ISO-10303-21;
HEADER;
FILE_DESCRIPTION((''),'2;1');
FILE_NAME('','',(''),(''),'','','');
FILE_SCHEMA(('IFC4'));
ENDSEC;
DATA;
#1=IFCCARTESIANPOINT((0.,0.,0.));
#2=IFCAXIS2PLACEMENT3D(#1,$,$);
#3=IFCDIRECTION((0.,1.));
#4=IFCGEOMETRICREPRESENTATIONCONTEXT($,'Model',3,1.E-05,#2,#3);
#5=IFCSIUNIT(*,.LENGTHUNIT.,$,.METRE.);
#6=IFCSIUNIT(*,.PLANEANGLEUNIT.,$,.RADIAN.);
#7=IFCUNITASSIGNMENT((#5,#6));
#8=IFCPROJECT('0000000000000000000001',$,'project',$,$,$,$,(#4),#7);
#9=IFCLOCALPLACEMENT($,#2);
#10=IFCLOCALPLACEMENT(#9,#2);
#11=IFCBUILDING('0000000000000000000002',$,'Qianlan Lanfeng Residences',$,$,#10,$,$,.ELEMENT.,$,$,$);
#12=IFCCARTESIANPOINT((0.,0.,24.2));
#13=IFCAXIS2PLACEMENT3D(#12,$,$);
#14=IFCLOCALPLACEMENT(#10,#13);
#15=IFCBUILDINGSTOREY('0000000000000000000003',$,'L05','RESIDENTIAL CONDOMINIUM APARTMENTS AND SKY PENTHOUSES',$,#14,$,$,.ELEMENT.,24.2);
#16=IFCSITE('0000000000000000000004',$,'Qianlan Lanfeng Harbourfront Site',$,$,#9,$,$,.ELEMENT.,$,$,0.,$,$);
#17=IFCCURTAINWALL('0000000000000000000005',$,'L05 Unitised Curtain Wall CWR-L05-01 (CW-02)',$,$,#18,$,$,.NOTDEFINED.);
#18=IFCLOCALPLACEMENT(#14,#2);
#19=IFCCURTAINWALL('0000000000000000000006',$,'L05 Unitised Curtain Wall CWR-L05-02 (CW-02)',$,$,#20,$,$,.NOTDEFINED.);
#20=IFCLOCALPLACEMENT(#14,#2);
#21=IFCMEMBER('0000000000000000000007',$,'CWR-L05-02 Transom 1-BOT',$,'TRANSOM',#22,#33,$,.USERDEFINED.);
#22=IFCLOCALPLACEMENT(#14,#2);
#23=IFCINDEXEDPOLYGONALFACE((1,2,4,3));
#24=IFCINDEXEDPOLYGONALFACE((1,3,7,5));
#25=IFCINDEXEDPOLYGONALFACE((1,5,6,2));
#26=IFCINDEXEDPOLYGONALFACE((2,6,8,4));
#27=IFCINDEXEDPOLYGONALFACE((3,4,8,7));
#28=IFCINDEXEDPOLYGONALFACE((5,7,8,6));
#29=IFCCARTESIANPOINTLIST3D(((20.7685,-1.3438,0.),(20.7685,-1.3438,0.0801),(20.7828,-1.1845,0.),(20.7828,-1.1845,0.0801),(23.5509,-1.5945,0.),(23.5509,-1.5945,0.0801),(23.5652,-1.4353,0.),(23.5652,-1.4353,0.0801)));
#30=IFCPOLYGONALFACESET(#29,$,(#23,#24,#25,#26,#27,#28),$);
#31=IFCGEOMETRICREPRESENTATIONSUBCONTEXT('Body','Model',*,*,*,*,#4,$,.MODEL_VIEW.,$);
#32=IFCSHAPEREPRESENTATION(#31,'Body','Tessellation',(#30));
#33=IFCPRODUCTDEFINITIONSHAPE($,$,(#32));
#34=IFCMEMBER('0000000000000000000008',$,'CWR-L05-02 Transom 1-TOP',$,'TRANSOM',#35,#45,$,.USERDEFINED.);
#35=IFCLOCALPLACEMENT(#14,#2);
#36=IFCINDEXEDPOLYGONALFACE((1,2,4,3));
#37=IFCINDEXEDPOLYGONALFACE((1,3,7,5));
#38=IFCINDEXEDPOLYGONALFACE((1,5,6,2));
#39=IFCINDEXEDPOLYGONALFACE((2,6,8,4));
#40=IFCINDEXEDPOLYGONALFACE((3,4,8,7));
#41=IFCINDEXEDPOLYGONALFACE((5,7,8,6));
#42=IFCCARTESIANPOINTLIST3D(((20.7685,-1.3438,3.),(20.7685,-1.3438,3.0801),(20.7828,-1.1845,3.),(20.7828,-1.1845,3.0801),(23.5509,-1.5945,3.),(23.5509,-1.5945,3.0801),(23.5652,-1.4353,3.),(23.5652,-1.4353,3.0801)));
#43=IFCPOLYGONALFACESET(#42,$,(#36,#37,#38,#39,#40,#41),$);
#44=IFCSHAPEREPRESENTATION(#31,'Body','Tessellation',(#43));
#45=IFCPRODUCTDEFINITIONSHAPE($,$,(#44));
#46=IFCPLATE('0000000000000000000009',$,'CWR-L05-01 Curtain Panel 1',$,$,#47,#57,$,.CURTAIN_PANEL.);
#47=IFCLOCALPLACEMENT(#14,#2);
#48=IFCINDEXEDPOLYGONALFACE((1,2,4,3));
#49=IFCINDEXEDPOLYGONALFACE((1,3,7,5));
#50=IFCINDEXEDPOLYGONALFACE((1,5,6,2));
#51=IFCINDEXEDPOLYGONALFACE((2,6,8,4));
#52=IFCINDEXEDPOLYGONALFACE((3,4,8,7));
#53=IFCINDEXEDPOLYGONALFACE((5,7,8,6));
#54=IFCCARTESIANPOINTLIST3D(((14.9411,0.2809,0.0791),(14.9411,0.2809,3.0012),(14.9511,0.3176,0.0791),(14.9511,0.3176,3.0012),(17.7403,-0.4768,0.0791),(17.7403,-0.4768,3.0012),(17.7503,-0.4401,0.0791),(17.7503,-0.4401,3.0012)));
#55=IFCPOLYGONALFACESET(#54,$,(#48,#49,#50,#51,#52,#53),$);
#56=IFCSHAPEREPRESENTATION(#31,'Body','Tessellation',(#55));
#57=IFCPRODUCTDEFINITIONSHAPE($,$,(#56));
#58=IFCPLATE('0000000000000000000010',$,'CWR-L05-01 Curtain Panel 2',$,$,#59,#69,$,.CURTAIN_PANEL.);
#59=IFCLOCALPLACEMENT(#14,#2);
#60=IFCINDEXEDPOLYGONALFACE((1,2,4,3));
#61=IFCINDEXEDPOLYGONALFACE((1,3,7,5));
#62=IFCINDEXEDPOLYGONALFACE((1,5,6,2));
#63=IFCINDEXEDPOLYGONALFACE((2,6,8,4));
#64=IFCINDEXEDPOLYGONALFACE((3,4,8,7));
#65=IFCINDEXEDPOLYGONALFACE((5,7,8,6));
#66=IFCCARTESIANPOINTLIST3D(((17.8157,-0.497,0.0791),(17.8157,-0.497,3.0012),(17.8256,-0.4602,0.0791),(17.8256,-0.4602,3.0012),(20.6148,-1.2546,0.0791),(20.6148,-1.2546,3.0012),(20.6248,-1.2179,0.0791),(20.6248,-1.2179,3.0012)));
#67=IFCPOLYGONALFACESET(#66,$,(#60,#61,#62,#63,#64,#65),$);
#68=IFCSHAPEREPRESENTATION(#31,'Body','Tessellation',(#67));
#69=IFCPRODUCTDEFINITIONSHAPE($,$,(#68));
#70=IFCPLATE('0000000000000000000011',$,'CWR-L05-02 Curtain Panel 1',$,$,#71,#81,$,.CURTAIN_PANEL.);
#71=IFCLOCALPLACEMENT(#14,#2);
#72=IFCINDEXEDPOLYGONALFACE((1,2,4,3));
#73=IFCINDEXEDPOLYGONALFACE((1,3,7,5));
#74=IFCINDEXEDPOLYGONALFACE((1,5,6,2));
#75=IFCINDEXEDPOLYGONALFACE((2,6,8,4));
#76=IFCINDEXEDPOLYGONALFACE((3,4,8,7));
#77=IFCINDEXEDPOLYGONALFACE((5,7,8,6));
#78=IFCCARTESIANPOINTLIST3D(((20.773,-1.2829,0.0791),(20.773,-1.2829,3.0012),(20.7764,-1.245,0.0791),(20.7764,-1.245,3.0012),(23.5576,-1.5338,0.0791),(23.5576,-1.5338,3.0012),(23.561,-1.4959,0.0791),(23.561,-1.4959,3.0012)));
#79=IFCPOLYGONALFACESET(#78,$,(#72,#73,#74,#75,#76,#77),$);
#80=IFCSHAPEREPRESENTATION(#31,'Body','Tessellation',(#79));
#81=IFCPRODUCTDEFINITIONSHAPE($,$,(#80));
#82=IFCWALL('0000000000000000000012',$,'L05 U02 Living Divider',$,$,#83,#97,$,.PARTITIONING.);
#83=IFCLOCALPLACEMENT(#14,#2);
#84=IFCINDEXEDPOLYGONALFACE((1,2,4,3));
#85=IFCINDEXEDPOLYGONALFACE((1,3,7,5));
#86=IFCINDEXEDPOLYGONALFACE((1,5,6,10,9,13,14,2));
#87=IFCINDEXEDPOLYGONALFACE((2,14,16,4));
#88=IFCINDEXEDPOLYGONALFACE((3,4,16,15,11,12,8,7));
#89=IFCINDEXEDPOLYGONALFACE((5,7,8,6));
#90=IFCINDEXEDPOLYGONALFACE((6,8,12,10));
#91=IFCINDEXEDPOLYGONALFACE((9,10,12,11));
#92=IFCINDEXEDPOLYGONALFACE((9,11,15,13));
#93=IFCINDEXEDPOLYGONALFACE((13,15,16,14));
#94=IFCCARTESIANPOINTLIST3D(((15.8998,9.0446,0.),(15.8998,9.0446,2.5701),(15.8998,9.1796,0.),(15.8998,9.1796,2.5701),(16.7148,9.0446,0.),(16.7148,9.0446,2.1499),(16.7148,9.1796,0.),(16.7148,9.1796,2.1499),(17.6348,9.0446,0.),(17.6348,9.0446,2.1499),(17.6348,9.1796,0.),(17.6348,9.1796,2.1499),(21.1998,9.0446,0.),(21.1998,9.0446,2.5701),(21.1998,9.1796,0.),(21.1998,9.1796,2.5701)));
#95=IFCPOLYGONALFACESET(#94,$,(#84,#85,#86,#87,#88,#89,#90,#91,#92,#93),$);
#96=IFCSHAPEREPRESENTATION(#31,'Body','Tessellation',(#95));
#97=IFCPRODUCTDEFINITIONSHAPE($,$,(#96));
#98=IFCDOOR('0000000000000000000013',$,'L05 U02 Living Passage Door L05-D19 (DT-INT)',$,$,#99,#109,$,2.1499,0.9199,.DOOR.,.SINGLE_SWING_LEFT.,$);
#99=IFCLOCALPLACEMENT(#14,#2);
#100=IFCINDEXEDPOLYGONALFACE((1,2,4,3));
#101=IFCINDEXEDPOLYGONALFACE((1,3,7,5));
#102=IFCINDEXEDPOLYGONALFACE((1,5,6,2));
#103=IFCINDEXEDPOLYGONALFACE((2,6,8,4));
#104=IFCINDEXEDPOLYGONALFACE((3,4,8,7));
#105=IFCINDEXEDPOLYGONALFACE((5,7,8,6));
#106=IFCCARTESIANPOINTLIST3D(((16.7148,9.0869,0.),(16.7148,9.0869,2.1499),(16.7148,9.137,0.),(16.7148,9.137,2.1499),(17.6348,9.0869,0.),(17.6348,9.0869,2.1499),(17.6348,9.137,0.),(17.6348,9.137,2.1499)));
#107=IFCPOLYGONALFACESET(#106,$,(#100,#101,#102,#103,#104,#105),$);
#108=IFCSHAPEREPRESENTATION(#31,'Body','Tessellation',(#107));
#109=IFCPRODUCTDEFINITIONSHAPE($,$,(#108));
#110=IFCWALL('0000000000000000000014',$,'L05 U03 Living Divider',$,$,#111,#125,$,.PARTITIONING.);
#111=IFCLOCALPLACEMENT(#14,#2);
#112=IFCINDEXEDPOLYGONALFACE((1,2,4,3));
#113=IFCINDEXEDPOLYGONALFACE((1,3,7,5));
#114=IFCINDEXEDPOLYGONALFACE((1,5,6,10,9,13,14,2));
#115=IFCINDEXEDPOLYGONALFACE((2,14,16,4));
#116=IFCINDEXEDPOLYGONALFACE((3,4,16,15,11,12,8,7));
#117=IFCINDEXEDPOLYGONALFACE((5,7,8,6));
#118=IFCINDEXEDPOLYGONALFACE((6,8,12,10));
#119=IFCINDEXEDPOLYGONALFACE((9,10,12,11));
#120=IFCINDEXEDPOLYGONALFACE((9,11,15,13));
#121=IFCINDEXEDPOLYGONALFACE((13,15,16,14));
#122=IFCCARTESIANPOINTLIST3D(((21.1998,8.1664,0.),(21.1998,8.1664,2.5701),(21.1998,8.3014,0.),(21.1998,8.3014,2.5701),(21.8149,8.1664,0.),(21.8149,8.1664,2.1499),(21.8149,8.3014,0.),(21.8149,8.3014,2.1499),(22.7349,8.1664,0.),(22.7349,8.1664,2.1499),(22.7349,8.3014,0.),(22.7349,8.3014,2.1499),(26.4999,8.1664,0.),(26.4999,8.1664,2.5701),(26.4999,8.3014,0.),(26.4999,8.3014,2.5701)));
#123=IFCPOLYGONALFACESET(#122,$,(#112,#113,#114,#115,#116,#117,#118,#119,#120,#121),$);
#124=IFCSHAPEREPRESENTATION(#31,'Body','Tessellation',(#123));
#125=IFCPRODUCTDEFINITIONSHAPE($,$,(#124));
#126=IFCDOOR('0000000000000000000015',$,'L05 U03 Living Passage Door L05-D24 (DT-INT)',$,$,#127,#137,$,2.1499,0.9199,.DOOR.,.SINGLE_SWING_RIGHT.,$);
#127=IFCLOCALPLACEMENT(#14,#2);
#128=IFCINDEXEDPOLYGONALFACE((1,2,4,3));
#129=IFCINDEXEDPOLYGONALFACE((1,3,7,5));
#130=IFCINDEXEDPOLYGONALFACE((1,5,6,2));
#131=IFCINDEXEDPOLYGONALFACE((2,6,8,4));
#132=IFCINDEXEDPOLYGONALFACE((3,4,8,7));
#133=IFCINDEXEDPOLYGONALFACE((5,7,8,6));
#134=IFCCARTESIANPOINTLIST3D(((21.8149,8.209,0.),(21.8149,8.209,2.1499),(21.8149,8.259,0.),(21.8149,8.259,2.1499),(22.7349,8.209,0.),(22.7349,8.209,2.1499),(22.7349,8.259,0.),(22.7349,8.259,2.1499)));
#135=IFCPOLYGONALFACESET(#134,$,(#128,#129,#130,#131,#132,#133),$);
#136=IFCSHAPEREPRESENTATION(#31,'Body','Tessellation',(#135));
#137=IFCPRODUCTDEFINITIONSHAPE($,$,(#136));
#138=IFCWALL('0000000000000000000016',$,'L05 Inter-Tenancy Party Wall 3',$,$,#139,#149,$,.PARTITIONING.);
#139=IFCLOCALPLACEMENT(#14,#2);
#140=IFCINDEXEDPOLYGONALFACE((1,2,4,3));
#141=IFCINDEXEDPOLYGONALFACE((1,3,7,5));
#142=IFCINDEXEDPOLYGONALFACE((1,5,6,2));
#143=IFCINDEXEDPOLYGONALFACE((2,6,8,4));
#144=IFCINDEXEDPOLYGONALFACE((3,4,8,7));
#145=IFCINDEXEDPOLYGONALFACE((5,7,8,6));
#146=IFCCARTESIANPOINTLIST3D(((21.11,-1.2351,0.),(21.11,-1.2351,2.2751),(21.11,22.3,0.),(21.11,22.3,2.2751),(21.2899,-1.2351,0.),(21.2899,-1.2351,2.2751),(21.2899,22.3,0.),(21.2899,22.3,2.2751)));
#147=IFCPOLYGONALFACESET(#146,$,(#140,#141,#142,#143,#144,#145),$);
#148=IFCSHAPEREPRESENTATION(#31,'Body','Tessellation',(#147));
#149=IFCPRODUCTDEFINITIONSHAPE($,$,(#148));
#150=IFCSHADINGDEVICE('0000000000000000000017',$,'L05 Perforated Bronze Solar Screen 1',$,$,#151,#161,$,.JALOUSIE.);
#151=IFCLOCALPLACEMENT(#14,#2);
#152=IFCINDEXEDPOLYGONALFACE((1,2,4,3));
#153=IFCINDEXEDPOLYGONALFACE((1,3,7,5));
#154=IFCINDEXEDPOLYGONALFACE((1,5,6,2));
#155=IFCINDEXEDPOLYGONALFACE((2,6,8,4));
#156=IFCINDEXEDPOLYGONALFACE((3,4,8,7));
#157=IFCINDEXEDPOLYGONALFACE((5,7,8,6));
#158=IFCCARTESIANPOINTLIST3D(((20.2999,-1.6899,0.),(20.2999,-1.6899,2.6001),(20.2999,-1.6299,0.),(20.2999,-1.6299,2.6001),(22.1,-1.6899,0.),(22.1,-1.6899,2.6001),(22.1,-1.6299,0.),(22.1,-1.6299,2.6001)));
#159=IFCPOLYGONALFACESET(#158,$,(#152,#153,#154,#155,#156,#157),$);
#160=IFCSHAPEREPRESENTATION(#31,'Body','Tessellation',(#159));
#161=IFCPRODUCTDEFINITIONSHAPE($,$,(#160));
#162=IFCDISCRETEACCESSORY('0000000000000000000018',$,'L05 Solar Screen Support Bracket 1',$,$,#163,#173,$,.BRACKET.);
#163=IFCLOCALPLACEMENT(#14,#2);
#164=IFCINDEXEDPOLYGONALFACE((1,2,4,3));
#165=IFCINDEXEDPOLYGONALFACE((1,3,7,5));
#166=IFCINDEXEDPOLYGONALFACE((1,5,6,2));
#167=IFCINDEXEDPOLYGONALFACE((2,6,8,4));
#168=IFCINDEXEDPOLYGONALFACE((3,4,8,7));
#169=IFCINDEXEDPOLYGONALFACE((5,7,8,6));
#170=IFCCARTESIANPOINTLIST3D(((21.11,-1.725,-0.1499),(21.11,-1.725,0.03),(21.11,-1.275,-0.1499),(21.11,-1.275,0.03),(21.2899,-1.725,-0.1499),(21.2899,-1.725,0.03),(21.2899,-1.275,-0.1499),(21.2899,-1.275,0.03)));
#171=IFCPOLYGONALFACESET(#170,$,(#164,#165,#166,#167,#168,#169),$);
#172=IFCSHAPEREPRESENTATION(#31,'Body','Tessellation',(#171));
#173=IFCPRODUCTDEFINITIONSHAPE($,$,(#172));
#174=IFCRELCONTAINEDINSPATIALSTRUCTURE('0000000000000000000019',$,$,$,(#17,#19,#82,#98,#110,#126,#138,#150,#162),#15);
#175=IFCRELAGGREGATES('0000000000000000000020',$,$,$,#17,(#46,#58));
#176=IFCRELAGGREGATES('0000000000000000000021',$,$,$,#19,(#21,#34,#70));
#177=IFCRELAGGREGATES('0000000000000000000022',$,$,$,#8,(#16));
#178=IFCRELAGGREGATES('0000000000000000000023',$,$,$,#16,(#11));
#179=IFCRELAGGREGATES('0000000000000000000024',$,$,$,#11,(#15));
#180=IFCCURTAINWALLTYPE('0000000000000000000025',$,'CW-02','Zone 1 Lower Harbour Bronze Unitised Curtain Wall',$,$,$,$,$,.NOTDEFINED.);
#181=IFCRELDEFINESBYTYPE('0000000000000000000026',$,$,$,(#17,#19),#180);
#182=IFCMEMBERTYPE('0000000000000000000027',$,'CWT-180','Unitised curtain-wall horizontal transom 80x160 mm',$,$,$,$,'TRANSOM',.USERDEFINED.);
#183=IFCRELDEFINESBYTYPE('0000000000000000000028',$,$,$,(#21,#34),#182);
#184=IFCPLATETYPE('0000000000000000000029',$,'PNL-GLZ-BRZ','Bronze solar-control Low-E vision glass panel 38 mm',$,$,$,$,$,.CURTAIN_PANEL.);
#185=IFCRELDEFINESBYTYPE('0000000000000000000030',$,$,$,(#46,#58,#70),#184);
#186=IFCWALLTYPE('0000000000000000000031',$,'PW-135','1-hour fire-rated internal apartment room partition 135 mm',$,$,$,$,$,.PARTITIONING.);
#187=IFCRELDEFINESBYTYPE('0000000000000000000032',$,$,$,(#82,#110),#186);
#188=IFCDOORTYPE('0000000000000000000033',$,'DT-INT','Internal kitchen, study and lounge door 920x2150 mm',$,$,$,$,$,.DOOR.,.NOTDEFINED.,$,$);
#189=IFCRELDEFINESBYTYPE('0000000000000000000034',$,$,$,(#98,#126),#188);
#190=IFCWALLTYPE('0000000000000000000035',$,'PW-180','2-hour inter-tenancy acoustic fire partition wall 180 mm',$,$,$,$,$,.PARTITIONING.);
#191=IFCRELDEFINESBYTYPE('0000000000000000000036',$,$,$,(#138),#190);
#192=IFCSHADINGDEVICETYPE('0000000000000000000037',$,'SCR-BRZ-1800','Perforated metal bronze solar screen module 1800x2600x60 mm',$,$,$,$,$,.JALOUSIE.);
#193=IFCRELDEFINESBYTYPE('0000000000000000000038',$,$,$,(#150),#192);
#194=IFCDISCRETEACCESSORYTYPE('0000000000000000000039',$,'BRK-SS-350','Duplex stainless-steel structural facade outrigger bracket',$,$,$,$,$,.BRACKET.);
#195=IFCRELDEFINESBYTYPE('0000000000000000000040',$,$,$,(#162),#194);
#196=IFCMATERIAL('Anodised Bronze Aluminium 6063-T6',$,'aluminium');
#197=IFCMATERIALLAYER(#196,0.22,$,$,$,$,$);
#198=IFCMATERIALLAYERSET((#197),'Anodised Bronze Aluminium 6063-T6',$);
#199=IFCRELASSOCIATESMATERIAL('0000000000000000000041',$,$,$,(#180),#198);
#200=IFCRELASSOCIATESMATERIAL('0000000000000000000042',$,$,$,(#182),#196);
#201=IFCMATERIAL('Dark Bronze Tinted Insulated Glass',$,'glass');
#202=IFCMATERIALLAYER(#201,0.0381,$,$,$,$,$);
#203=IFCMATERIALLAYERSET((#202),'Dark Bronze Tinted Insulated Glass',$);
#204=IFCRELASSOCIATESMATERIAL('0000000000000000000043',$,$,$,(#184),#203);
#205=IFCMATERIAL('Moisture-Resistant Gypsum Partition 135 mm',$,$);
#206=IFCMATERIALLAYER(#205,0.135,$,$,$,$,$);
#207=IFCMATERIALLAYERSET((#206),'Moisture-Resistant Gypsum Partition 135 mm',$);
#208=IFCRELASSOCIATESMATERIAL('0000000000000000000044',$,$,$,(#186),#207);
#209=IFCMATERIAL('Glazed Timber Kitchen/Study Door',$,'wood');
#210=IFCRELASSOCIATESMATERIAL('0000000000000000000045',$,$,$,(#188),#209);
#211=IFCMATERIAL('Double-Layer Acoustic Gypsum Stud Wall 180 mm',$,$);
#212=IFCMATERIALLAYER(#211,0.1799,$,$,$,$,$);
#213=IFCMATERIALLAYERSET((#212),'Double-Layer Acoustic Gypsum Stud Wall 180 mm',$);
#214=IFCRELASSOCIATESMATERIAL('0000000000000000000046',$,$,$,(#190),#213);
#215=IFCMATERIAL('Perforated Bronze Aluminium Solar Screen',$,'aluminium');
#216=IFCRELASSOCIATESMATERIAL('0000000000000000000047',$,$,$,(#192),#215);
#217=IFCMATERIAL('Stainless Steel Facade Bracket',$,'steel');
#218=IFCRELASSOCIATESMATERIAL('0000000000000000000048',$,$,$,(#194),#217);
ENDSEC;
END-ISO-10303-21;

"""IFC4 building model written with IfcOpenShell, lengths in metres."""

from ifc_helpers import new_model, si_unit, direction, frame, frame_2d, origin, origin_2d, place, context, subcontext, project, spatial, rectangle, extrude, source, transform, mapped, material, layer, layer_set, material_profile, profile_set, type_object, element, fill, aggregate, save


model = new_model("IFC4")

# Units and contexts
model_context = context("Model", 3, precision=1e-05, world=origin(), true_north=direction((0.0, 1.0)))
body_context = subcontext(model_context, "Body", "Model", "MODEL_VIEW")
ifc_project = project(units=[si_unit("LENGTHUNIT", "METRE"), si_unit("PLANEANGLEUNIT", "RADIAN")], contexts=[model_context])

# Site, building, storey
site_placement = place(None, origin())
site = spatial("IfcSite", under=ifc_project, at=site_placement, Name="Qianlan Lanfeng Harbourfront Site", CompositionType="ELEMENT", RefElevation=0.0)
building_placement = place(site_placement, origin())
building = spatial("IfcBuilding", under=site, at=building_placement, Name="Qianlan Lanfeng Residences", CompositionType="ELEMENT")
storey_placement = place(building_placement, frame((0.0, 0.0, 24.2)))
storey = spatial("IfcBuildingStorey", under=building, at=storey_placement, Name="L05", Description="RESIDENTIAL CONDOMINIUM APARTMENTS AND SKY PENTHOUSES", CompositionType="ELEMENT", Elevation=24.2)

# Curtain wall
ifc_material_1 = material(Name="Anodised Bronze Aluminium 6063-T6", Category="aluminium")
ifc_layer_1 = layer(ifc_material_1, 0.22)
ifc_layer_set_1 = layer_set([ifc_layer_1], Name="Anodised Bronze Aluminium 6063-T6")
curtain_wall_type = type_object("IfcCurtainWallType", Name="CW-02", Description="Zone 1 Lower Harbour Bronze Unitised Curtain Wall", PredefinedType="NOTDEFINED", material=ifc_layer_set_1)
curtain_wall_1_placement = place(storey_placement, origin())
curtain_wall_1 = element("IfcCurtainWall", 1, at=curtain_wall_1_placement, inside=storey, type_object=curtain_wall_type, Name="L05 Unitised Curtain Wall CWR-L05-01 (CW-02)", PredefinedType="NOTDEFINED")

# Curtain wall
curtain_wall_2_placement = place(storey_placement, origin())
curtain_wall_2 = element("IfcCurtainWall", 2, at=curtain_wall_2_placement, inside=storey, type_object=curtain_wall_type, Name="L05 Unitised Curtain Wall CWR-L05-02 (CW-02)", PredefinedType="NOTDEFINED")

# Members
ifc_material_profile_1 = material_profile(ifc_material_1, rectangle(XDim=0.0801, YDim=0.1599, at=origin_2d()), Name="ALU TRANSOM 80x160")
ifc_profile_set_1 = profile_set([ifc_material_profile_1], Name="Anodised Bronze Aluminium 6063-T6")
member_type_1 = type_object("IfcMemberType", Name="CWT-180", Description="Unitised curtain-wall horizontal transom 80x160 mm", ElementType="TRANSOM", PredefinedType="USERDEFINED", material=ifc_profile_set_1)
shared_shape_1 = source(origin(), body_context, "Body", "SweptSolid", [
    extrude(rectangle(XDim=0.0801, YDim=0.1599, at=origin_2d()), origin(), (0.0, 0.0, 1.0), 2.7937),
])
member_1_placement = place(storey_placement, frame((20.7756, -1.2642, 0.04), z_axis=(0.995965, -0.089748, 0.0), x_axis=(0.0, 0.0, 1.0)))
member_1 = element("IfcMember", 3, at=member_1_placement, type_object=member_type_1, Name="CWR-L05-02 Transom 1-BOT", ObjectType="TRANSOM", PredefinedType="USERDEFINED", context=body_context, shape_type="MappedRepresentation", body=[
    mapped(shared_shape_1, transform((0.0, 0.0, 0.0), scale=1.0)),
])
member_2_placement = place(storey_placement, frame((20.7756, -1.2642, 3.04), z_axis=(0.995965, -0.089748, 0.0), x_axis=(0.0, 0.0, 1.0)))
member_2 = element("IfcMember", 4, at=member_2_placement, type_object=member_type_1, Name="CWR-L05-02 Transom 1-TOP", ObjectType="TRANSOM", PredefinedType="USERDEFINED", context=body_context, shape_type="MappedRepresentation", body=[
    mapped(shared_shape_1, transform((0.0, 0.0, 0.0), scale=1.0)),
])

# Plates
ifc_material_2 = material(Name="Dark Bronze Tinted Insulated Glass", Category="glass")
ifc_layer_2 = layer(ifc_material_2, 0.0381)
ifc_layer_set_2 = layer_set([ifc_layer_2], Name="Dark Bronze Tinted Insulated Glass")
plate_type = type_object("IfcPlateType", Name="PNL-GLZ-BRZ", Description="Bronze solar-control Low-E vision glass panel 38 mm", PredefinedType="CURTAIN_PANEL", material=ifc_layer_set_2)
shared_shape_2 = source(origin(), body_context, "Body", "SweptSolid", [
    extrude(rectangle(XDim=2.8999, YDim=0.0381, at=origin_2d()), origin(), (0.0, 0.0, 1.0), 2.9221),
])
plate_1_placement = place(storey_placement, frame((16.3457, -0.0796, 0.0791), z_axis=(0.0, 0.0, 1.0), x_axis=(0.965263, -0.261281, 0.0)))
plate_1 = element("IfcPlate", 5, at=plate_1_placement, type_object=plate_type, Name="CWR-L05-01 Curtain Panel 1", PredefinedType="CURTAIN_PANEL", context=body_context, shape_type="MappedRepresentation", body=[
    mapped(shared_shape_2, transform((0.0, 0.0, 0.0), scale=1.0)),
])
plate_2_placement = place(storey_placement, frame((19.2202, -0.8574, 0.0791), z_axis=(0.0, 0.0, 1.0), x_axis=(0.965263, -0.261281, 0.0)))
plate_2 = element("IfcPlate", 6, at=plate_2_placement, type_object=plate_type, Name="CWR-L05-01 Curtain Panel 2", PredefinedType="CURTAIN_PANEL", context=body_context, shape_type="MappedRepresentation", body=[
    mapped(shared_shape_2, transform((0.0, 0.0, 0.0), scale=1.0)),
])
aggregate(curtain_wall_1, [plate_1, plate_2])
shared_shape_3 = source(origin(), body_context, "Body", "SweptSolid", [
    extrude(rectangle(XDim=2.7959, YDim=0.0381, at=origin_2d()), origin(), (0.0, 0.0, 1.0), 2.9221),
])
plate_3_placement = place(storey_placement, frame((22.167, -1.3894, 0.0791), z_axis=(0.0, 0.0, 1.0), x_axis=(0.995965, -0.089746, 0.0)))
plate_3 = element("IfcPlate", 7, at=plate_3_placement, type_object=plate_type, Name="CWR-L05-02 Curtain Panel 1", PredefinedType="CURTAIN_PANEL", context=body_context, shape_type="MappedRepresentation", body=[
    mapped(shared_shape_3, transform((0.0, 0.0, 0.0), scale=1.0)),
])
aggregate(curtain_wall_2, [member_1, member_2, plate_3])

# Wall, opening, door
ifc_material_3 = material(Name="Moisture-Resistant Gypsum Partition 135 mm")
ifc_layer_3 = layer(ifc_material_3, 0.135)
ifc_layer_set_3 = layer_set([ifc_layer_3], Name="Moisture-Resistant Gypsum Partition 135 mm")
wall_type_1 = type_object("IfcWallType", Name="PW-135", Description="1-hour fire-rated internal apartment room partition 135 mm", PredefinedType="PARTITIONING", material=ifc_layer_set_3)
wall_1_placement = place(storey_placement, frame((15.8999, 9.1121, 0.0), z_axis=(0.0, 0.0, 1.0), x_axis=(1.0, 0.0, 0.0)))
wall_1 = element("IfcWall", 8, at=wall_1_placement, inside=storey, type_object=wall_type_1, Name="L05 U02 Living Divider", PredefinedType="PARTITIONING", context=body_context, shape_type="SweptSolid", body=[
    extrude(rectangle(XDim=5.3, YDim=0.135, at=frame_2d((2.6499, 0.0))), origin(), (0.0, 0.0, 1.0), 2.5701),
])
opening_1_placement = place(wall_1_placement, frame((0.8149, 0.0, 0.0)))
opening_1 = element("IfcOpeningElement", 9, at=opening_1_placement, cuts=wall_1, PredefinedType="OPENING", context=body_context, shape_type="SweptSolid", body=[
    extrude(rectangle(XDim=0.9199, YDim=2.1499, at=frame_2d((0.46, 1.075))), frame((0.0, 0.0776, 0.0), z_axis=(0.0, -1.0, 0.0), x_axis=(1.0, 0.0, 0.0)), (0.0, 0.0, 1.0), 0.155),
])
ifc_material_4 = material(Name="Glazed Timber Kitchen/Study Door", Category="wood")
door_type_1 = type_object("IfcDoorType", Name="DT-INT", Description="Internal kitchen, study and lounge door 920x2150 mm", OperationType="NOTDEFINED", PredefinedType="DOOR", material=ifc_material_4)
door_1_placement = place(opening_1_placement, origin())
door_1 = element("IfcDoor", 10, at=door_1_placement, inside=storey, type_object=door_type_1, Name="L05 U02 Living Passage Door L05-D19 (DT-INT)", OperationType="SINGLE_SWING_LEFT", OverallHeight=2.1499, OverallWidth=0.9199, PredefinedType="DOOR", context=body_context, shape_type="SweptSolid", body=[
    extrude(rectangle(XDim=0.9199, YDim=2.1499, at=frame_2d((0.46, 1.075))), frame((0.0, 0.0249, 0.0), z_axis=(0.0, -1.0, 0.0), x_axis=(1.0, 0.0, 0.0)), (0.0, 0.0, 1.0), 0.05),
])
fill(opening_1, door_1)

# Wall, opening, door
wall_2_placement = place(storey_placement, frame((21.2, 8.2339, 0.0), z_axis=(0.0, 0.0, 1.0), x_axis=(1.0, 0.0, 0.0)))
wall_2 = element("IfcWall", 11, at=wall_2_placement, inside=storey, type_object=wall_type_1, Name="L05 U03 Living Divider", PredefinedType="PARTITIONING", context=body_context, shape_type="SweptSolid", body=[
    extrude(rectangle(XDim=5.3, YDim=0.135, at=frame_2d((2.6499, 0.0))), origin(), (0.0, 0.0, 1.0), 2.5701),
])
opening_2_placement = place(wall_2_placement, frame((0.615, 0.0, 0.0)))
opening_2 = element("IfcOpeningElement", 12, at=opening_2_placement, cuts=wall_2, PredefinedType="OPENING", context=body_context, shape_type="SweptSolid", body=[
    extrude(rectangle(XDim=0.9199, YDim=2.1499, at=frame_2d((0.46, 1.075))), frame((0.0, 0.0776, 0.0), z_axis=(0.0, -1.0, 0.0), x_axis=(1.0, 0.0, 0.0)), (0.0, 0.0, 1.0), 0.155),
])
door_2_placement = place(opening_2_placement, frame((0.9199, 0.0, 0.0), z_axis=(0.0, 0.0, 1.0), x_axis=(-1.0, 0.0, 0.0)))
door_2 = element("IfcDoor", 13, at=door_2_placement, inside=storey, type_object=door_type_1, Name="L05 U03 Living Passage Door L05-D24 (DT-INT)", OperationType="SINGLE_SWING_RIGHT", OverallHeight=2.1499, OverallWidth=0.9199, PredefinedType="DOOR", context=body_context, shape_type="SweptSolid", body=[
    extrude(rectangle(XDim=0.9199, YDim=2.1499, at=frame_2d((0.46, 1.075))), frame((0.0, 0.0249, 0.0), z_axis=(0.0, -1.0, 0.0), x_axis=(1.0, 0.0, 0.0)), (0.0, 0.0, 1.0), 0.05),
])
fill(opening_2, door_2)

# Wall
ifc_material_5 = material(Name="Double-Layer Acoustic Gypsum Stud Wall 180 mm")
ifc_layer_4 = layer(ifc_material_5, 0.1799)
ifc_layer_set_4 = layer_set([ifc_layer_4], Name="Double-Layer Acoustic Gypsum Stud Wall 180 mm")
wall_type_2 = type_object("IfcWallType", Name="PW-180", Description="2-hour inter-tenancy acoustic fire partition wall 180 mm", PredefinedType="PARTITIONING", material=ifc_layer_set_4)
wall_3_placement = place(storey_placement, frame((21.2, -1.2351, 0.0), z_axis=(0.0, 0.0, 1.0), x_axis=(0.0, 1.0, 0.0)))
element("IfcWall", 14, at=wall_3_placement, inside=storey, type_object=wall_type_2, Name="L05 Inter-Tenancy Party Wall 3", PredefinedType="PARTITIONING", context=body_context, shape_type="SweptSolid", body=[
    extrude(rectangle(XDim=23.5352, YDim=0.1799, at=frame_2d((11.7676, 0.0))), origin(), (0.0, 0.0, 1.0), 2.2751),
])

# Shading device
ifc_material_6 = material(Name="Perforated Bronze Aluminium Solar Screen", Category="aluminium")
shading_device_type = type_object("IfcShadingDeviceType", Name="SCR-BRZ-1800", Description="Perforated metal bronze solar screen module 1800x2600x60 mm", PredefinedType="JALOUSIE", material=ifc_material_6)
shared_shape_4 = source(origin(), body_context, "Body", "SweptSolid", [
    extrude(rectangle(XDim=1.8, YDim=0.0601, at=origin_2d()), origin(), (0.0, 0.0, 1.0), 2.6001),
])
shading_device_placement = place(storey_placement, frame((21.2, -1.6599, 0.0), z_axis=(0.0, 0.0, 1.0), x_axis=(1.0, 0.0, 0.0)))
element("IfcShadingDevice", 15, at=shading_device_placement, inside=storey, type_object=shading_device_type, Name="L05 Perforated Bronze Solar Screen 1", PredefinedType="JALOUSIE", context=body_context, shape_type="MappedRepresentation", body=[
    mapped(shared_shape_4, transform((0.0, 0.0, 0.0), scale=1.0)),
])

# Discrete accessory
ifc_material_7 = material(Name="Stainless Steel Facade Bracket", Category="steel")
discrete_accessory_type = type_object("IfcDiscreteAccessoryType", Name="BRK-SS-350", Description="Duplex stainless-steel structural facade outrigger bracket", PredefinedType="BRACKET", material=ifc_material_7)
shared_shape_5 = source(origin(), body_context, "Body", "SweptSolid", [
    extrude(rectangle(XDim=0.1799, YDim=0.45, at=origin_2d()), origin(), (0.0, 0.0, 1.0), 0.1799),
])
discrete_accessory_placement = place(storey_placement, frame((21.2, -1.5, -0.1499), z_axis=(0.0, 0.0, 1.0), x_axis=(1.0, 0.0, 0.0)))
element("IfcDiscreteAccessory", 16, at=discrete_accessory_placement, inside=storey, type_object=discrete_accessory_type, Name="L05 Solar Screen Support Bracket 1", PredefinedType="BRACKET", context=body_context, shape_type="MappedRepresentation", body=[
    mapped(shared_shape_5, transform((0.0, 0.0, 0.0), scale=1.0)),
])

save(model, "model.ifc")
